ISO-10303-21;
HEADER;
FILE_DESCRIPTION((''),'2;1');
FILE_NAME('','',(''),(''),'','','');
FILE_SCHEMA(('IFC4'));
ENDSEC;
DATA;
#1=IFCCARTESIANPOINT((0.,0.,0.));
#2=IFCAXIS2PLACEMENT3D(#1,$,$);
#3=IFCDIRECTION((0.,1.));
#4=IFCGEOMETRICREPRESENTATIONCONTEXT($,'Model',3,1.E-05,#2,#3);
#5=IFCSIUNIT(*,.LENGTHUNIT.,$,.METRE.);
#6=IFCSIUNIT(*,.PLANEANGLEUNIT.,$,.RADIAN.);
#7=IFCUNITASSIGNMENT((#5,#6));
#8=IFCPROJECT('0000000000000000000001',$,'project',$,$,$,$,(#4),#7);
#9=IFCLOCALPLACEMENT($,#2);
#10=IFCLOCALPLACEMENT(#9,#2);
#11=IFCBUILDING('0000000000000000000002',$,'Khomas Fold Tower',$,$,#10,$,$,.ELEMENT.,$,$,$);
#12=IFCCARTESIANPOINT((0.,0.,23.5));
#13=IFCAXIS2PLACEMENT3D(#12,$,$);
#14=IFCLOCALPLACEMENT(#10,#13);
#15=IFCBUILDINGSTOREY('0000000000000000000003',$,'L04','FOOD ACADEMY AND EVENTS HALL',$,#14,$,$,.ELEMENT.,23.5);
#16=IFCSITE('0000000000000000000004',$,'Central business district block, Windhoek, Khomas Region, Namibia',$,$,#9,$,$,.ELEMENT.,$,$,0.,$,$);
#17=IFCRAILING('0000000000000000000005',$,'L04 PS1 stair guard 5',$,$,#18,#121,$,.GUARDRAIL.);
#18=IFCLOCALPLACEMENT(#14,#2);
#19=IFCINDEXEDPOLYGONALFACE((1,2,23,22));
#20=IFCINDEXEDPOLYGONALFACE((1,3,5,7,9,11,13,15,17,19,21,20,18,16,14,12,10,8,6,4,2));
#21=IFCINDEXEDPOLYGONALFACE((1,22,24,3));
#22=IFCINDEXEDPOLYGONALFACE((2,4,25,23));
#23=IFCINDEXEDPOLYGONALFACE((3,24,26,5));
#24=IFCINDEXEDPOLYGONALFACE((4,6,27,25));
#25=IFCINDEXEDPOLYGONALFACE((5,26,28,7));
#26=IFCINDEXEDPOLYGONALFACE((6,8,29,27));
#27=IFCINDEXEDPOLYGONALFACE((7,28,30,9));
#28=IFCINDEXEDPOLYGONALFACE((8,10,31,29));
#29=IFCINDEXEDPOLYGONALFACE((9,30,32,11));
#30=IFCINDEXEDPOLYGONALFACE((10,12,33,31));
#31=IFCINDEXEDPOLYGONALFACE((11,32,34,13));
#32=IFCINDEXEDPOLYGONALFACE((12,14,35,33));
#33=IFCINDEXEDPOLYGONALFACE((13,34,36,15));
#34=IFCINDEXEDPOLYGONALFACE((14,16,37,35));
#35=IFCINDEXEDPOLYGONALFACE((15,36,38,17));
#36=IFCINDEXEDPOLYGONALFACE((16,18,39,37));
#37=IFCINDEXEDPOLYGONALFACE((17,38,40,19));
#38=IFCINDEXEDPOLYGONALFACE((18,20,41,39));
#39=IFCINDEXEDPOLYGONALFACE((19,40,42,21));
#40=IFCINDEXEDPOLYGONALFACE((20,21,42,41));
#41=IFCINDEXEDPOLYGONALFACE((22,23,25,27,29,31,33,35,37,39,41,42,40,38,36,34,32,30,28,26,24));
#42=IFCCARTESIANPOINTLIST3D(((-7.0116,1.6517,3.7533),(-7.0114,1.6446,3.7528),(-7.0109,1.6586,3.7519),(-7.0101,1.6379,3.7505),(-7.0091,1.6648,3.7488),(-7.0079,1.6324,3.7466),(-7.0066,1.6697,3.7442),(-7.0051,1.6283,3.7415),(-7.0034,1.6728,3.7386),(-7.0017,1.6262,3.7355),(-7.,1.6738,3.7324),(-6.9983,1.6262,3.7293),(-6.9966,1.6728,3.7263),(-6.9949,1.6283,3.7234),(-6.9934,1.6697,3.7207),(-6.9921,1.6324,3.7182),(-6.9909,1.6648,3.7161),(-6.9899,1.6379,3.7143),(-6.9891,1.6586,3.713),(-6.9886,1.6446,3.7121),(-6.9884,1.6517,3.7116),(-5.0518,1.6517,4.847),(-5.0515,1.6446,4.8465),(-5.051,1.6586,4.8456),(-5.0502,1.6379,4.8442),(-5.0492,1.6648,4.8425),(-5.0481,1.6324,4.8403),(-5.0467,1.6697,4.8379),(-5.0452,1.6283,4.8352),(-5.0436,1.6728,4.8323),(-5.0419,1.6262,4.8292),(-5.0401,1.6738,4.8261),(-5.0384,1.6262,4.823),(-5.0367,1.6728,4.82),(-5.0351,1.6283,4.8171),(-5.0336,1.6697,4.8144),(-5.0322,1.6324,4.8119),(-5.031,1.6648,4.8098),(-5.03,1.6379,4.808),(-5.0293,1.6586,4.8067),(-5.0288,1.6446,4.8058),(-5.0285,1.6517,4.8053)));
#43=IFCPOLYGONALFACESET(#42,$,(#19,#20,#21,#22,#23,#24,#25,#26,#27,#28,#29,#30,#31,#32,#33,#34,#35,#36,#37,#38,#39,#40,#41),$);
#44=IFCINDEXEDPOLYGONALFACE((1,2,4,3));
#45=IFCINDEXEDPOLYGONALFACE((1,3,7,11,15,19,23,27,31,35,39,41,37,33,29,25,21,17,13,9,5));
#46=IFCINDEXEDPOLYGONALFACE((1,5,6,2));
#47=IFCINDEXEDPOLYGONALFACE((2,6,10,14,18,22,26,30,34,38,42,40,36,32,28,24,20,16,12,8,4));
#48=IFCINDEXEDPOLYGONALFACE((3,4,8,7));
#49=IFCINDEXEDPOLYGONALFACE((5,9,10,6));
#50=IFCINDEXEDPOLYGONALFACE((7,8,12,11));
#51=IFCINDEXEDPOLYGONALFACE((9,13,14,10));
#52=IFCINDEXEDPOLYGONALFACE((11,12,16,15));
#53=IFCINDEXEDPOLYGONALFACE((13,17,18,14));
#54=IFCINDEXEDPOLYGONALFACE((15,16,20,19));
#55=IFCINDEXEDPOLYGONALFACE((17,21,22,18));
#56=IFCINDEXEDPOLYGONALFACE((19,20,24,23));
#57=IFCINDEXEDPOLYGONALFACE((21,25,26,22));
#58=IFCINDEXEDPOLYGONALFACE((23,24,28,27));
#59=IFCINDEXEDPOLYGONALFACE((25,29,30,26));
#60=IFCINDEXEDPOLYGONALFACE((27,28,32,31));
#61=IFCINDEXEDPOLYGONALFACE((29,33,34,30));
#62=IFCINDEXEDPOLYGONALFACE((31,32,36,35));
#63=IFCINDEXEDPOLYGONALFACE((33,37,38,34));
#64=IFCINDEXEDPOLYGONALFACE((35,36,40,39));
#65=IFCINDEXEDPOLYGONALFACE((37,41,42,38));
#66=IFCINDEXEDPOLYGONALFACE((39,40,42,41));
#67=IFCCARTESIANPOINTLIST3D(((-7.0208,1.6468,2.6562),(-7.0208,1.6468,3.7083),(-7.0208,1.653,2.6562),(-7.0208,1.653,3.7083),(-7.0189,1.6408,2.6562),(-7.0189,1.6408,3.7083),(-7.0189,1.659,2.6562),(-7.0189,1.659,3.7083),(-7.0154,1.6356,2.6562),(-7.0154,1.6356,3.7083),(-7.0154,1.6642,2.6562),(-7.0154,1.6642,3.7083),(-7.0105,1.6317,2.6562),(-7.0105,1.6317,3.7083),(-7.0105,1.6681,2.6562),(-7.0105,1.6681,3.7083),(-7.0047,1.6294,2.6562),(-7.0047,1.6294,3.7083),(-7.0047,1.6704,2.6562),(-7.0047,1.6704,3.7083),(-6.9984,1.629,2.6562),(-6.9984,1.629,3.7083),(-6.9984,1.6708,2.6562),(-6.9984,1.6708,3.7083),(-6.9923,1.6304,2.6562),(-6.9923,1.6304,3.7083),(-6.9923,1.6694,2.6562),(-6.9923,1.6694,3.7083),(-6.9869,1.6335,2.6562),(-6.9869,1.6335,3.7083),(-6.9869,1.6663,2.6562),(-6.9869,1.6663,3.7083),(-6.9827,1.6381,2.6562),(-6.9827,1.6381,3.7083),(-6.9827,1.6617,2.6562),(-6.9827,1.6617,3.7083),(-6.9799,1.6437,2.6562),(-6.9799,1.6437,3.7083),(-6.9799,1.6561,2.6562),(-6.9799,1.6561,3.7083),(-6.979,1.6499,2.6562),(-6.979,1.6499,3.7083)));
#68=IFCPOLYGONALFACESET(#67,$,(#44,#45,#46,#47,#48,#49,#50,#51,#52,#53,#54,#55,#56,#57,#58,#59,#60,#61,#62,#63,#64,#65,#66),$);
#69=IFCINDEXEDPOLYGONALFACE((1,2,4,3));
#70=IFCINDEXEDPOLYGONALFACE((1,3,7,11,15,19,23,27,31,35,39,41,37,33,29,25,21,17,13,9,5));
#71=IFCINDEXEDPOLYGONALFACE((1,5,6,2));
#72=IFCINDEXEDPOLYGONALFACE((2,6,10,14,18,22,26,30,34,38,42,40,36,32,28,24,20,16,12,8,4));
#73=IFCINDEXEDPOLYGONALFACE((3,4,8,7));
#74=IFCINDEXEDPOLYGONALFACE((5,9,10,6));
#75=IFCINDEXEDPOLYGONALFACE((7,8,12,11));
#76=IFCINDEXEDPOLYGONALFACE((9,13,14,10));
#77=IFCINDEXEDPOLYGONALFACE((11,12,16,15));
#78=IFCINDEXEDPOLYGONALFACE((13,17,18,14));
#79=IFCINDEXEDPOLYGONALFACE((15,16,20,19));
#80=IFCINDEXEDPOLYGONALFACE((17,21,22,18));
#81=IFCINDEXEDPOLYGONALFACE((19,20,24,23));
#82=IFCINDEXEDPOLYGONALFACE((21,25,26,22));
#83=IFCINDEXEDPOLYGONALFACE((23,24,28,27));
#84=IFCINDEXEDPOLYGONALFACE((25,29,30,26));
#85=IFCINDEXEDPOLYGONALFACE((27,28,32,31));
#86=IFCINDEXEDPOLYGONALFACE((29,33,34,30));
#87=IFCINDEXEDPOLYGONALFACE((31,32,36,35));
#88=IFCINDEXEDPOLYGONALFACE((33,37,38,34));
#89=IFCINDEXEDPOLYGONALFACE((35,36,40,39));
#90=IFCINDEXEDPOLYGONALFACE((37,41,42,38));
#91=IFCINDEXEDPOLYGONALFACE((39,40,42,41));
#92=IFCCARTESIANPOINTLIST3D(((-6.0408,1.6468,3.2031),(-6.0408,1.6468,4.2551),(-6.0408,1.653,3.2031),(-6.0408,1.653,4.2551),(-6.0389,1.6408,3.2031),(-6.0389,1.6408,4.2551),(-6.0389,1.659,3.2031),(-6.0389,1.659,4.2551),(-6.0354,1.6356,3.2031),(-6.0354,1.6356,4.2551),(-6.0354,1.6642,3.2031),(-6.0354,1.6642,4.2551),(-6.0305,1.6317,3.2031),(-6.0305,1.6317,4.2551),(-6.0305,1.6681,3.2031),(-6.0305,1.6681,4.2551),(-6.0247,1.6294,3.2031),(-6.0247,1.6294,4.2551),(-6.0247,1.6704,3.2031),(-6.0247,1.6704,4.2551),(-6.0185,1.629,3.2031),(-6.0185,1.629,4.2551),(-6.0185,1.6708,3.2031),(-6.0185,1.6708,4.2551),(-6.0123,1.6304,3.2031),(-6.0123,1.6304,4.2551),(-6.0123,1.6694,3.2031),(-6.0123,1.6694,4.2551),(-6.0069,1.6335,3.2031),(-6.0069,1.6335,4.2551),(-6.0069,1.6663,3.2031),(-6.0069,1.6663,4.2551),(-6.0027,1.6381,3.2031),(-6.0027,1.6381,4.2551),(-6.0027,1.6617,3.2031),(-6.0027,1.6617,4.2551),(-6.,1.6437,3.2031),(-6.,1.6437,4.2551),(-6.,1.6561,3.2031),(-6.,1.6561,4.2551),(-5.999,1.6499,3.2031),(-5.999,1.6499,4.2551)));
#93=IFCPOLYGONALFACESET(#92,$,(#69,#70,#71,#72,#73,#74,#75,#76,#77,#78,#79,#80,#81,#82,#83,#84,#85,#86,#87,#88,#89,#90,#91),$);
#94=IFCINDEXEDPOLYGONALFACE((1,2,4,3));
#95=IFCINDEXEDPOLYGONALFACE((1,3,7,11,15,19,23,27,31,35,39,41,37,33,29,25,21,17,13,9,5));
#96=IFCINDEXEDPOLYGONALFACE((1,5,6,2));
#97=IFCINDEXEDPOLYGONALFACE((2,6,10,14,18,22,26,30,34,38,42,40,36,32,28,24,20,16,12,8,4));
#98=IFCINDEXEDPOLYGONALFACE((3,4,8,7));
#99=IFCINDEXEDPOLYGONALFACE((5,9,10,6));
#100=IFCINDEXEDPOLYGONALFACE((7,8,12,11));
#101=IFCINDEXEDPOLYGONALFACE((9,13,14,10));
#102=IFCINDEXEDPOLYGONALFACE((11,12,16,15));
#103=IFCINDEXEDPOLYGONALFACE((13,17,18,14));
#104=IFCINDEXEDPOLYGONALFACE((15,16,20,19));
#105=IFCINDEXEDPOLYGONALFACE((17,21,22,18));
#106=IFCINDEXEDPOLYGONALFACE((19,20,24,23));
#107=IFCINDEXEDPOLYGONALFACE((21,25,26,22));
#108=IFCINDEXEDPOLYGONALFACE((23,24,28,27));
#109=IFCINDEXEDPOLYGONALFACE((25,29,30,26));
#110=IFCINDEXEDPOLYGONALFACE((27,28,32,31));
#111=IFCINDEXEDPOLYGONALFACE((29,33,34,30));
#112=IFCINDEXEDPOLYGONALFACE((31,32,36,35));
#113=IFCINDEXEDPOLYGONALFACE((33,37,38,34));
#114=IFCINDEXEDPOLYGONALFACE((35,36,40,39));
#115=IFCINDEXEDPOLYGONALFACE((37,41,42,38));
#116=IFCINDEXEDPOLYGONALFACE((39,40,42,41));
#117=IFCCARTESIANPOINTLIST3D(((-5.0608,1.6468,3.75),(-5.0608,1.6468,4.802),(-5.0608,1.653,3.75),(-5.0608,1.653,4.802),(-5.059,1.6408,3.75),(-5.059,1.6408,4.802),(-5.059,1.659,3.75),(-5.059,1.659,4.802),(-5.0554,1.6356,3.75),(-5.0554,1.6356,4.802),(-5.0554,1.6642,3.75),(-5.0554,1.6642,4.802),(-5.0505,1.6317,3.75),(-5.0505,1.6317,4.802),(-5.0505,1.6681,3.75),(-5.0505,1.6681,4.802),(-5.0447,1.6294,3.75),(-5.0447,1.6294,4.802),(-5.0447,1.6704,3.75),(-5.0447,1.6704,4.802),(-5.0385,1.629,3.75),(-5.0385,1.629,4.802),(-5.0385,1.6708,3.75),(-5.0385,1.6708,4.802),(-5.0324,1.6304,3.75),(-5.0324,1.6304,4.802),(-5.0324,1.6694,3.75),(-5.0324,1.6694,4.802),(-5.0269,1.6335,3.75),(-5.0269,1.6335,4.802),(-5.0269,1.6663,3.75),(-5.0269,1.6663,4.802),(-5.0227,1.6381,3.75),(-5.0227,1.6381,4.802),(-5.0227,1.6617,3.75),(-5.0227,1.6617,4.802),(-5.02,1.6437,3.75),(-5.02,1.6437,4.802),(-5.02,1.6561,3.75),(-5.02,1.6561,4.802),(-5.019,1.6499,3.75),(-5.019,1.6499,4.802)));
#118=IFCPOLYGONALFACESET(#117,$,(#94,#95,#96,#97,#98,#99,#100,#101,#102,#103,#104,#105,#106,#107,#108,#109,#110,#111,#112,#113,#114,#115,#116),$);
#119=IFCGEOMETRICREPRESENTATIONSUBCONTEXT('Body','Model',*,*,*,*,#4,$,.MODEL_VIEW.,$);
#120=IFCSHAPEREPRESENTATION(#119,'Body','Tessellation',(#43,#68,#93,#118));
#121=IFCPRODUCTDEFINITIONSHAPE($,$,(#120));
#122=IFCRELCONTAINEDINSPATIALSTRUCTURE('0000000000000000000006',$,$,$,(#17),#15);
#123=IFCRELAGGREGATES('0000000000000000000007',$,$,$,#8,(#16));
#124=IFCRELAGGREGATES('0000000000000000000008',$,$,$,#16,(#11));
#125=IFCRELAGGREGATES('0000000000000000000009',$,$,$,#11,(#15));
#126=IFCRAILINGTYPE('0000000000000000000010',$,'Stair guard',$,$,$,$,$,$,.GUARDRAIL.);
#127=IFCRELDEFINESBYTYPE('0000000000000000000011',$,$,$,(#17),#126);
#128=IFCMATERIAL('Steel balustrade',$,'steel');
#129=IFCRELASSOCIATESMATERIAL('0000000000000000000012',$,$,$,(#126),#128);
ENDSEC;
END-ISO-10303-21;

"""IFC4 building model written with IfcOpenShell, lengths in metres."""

from ifc_helpers import new_model, si_unit, direction, frame, origin, origin_2d, place, context, subcontext, project, spatial, circle, extrude, source, transform, mapped, material, type_object, element, save


model = new_model("IFC4")

# Units and contexts
model_context = context("Model", 3, precision=1e-05, world=origin(), true_north=direction((0.0, 1.0)))
body_context = subcontext(model_context, "Body", "Model", "MODEL_VIEW")
ifc_project = project(units=[si_unit("LENGTHUNIT", "METRE"), si_unit("PLANEANGLEUNIT", "RADIAN")], contexts=[model_context])

# Site, building, storey
site_placement = place(None, origin())
site = spatial("IfcSite", under=ifc_project, at=site_placement, Name="Central business district block, Windhoek, Khomas Region, Namibia", CompositionType="ELEMENT", RefElevation=0.0)
building_placement = place(site_placement, origin())
building = spatial("IfcBuilding", under=site, at=building_placement, Name="Khomas Fold Tower", CompositionType="ELEMENT")
storey_placement = place(building_placement, frame((0.0, 0.0, 23.5)))
storey = spatial("IfcBuildingStorey", under=building, at=storey_placement, Name="L04", Description="FOOD ACADEMY AND EVENTS HALL", CompositionType="ELEMENT", Elevation=23.5)

# Railing
ifc_material_1 = material(Name="Steel balustrade", Category="steel")
railing_type_1 = type_object("IfcRailingType", Name="Stair guard", PredefinedType="GUARDRAIL", material=ifc_material_1)
shared_shape_1 = source(origin(), body_context, "Body", "SweptSolid", [
    extrude(circle(Radius=0.0239, at=origin_2d()), frame((0.0, 0.0, 1.0762), z_axis=(0.873232, 0.0, 0.487304), x_axis=(0.0, 1.0, 0.0)), (0.0, 0.0, 1.0), 2.2444),
    extrude(circle(Radius=0.021, at=origin_2d()), origin(), (0.0, 0.0, 1.0), 1.052),
    extrude(circle(Radius=0.021, at=origin_2d()), frame((0.98, 0.0, 0.5469)), (0.0, 0.0, 1.0), 1.052),
    extrude(circle(Radius=0.021, at=origin_2d()), frame((1.96, 0.0, 1.0938)), (0.0, 0.0, 1.0), 1.052),
])
for number, where, name in (
    (1, (-7.0, 1.6499, 2.6562), "L04 PS1 stair guard 5"),
):
    element("IfcRailing", number, at=place(storey_placement, frame(where)), inside=storey, type_object=railing_type_1, Name=name, PredefinedType="GUARDRAIL", context=body_context, shape_type="MappedRepresentation", body=[
        mapped(shared_shape_1, transform((0.0, 0.0, 0.0))),
    ])

save(model, "model.ifc")
